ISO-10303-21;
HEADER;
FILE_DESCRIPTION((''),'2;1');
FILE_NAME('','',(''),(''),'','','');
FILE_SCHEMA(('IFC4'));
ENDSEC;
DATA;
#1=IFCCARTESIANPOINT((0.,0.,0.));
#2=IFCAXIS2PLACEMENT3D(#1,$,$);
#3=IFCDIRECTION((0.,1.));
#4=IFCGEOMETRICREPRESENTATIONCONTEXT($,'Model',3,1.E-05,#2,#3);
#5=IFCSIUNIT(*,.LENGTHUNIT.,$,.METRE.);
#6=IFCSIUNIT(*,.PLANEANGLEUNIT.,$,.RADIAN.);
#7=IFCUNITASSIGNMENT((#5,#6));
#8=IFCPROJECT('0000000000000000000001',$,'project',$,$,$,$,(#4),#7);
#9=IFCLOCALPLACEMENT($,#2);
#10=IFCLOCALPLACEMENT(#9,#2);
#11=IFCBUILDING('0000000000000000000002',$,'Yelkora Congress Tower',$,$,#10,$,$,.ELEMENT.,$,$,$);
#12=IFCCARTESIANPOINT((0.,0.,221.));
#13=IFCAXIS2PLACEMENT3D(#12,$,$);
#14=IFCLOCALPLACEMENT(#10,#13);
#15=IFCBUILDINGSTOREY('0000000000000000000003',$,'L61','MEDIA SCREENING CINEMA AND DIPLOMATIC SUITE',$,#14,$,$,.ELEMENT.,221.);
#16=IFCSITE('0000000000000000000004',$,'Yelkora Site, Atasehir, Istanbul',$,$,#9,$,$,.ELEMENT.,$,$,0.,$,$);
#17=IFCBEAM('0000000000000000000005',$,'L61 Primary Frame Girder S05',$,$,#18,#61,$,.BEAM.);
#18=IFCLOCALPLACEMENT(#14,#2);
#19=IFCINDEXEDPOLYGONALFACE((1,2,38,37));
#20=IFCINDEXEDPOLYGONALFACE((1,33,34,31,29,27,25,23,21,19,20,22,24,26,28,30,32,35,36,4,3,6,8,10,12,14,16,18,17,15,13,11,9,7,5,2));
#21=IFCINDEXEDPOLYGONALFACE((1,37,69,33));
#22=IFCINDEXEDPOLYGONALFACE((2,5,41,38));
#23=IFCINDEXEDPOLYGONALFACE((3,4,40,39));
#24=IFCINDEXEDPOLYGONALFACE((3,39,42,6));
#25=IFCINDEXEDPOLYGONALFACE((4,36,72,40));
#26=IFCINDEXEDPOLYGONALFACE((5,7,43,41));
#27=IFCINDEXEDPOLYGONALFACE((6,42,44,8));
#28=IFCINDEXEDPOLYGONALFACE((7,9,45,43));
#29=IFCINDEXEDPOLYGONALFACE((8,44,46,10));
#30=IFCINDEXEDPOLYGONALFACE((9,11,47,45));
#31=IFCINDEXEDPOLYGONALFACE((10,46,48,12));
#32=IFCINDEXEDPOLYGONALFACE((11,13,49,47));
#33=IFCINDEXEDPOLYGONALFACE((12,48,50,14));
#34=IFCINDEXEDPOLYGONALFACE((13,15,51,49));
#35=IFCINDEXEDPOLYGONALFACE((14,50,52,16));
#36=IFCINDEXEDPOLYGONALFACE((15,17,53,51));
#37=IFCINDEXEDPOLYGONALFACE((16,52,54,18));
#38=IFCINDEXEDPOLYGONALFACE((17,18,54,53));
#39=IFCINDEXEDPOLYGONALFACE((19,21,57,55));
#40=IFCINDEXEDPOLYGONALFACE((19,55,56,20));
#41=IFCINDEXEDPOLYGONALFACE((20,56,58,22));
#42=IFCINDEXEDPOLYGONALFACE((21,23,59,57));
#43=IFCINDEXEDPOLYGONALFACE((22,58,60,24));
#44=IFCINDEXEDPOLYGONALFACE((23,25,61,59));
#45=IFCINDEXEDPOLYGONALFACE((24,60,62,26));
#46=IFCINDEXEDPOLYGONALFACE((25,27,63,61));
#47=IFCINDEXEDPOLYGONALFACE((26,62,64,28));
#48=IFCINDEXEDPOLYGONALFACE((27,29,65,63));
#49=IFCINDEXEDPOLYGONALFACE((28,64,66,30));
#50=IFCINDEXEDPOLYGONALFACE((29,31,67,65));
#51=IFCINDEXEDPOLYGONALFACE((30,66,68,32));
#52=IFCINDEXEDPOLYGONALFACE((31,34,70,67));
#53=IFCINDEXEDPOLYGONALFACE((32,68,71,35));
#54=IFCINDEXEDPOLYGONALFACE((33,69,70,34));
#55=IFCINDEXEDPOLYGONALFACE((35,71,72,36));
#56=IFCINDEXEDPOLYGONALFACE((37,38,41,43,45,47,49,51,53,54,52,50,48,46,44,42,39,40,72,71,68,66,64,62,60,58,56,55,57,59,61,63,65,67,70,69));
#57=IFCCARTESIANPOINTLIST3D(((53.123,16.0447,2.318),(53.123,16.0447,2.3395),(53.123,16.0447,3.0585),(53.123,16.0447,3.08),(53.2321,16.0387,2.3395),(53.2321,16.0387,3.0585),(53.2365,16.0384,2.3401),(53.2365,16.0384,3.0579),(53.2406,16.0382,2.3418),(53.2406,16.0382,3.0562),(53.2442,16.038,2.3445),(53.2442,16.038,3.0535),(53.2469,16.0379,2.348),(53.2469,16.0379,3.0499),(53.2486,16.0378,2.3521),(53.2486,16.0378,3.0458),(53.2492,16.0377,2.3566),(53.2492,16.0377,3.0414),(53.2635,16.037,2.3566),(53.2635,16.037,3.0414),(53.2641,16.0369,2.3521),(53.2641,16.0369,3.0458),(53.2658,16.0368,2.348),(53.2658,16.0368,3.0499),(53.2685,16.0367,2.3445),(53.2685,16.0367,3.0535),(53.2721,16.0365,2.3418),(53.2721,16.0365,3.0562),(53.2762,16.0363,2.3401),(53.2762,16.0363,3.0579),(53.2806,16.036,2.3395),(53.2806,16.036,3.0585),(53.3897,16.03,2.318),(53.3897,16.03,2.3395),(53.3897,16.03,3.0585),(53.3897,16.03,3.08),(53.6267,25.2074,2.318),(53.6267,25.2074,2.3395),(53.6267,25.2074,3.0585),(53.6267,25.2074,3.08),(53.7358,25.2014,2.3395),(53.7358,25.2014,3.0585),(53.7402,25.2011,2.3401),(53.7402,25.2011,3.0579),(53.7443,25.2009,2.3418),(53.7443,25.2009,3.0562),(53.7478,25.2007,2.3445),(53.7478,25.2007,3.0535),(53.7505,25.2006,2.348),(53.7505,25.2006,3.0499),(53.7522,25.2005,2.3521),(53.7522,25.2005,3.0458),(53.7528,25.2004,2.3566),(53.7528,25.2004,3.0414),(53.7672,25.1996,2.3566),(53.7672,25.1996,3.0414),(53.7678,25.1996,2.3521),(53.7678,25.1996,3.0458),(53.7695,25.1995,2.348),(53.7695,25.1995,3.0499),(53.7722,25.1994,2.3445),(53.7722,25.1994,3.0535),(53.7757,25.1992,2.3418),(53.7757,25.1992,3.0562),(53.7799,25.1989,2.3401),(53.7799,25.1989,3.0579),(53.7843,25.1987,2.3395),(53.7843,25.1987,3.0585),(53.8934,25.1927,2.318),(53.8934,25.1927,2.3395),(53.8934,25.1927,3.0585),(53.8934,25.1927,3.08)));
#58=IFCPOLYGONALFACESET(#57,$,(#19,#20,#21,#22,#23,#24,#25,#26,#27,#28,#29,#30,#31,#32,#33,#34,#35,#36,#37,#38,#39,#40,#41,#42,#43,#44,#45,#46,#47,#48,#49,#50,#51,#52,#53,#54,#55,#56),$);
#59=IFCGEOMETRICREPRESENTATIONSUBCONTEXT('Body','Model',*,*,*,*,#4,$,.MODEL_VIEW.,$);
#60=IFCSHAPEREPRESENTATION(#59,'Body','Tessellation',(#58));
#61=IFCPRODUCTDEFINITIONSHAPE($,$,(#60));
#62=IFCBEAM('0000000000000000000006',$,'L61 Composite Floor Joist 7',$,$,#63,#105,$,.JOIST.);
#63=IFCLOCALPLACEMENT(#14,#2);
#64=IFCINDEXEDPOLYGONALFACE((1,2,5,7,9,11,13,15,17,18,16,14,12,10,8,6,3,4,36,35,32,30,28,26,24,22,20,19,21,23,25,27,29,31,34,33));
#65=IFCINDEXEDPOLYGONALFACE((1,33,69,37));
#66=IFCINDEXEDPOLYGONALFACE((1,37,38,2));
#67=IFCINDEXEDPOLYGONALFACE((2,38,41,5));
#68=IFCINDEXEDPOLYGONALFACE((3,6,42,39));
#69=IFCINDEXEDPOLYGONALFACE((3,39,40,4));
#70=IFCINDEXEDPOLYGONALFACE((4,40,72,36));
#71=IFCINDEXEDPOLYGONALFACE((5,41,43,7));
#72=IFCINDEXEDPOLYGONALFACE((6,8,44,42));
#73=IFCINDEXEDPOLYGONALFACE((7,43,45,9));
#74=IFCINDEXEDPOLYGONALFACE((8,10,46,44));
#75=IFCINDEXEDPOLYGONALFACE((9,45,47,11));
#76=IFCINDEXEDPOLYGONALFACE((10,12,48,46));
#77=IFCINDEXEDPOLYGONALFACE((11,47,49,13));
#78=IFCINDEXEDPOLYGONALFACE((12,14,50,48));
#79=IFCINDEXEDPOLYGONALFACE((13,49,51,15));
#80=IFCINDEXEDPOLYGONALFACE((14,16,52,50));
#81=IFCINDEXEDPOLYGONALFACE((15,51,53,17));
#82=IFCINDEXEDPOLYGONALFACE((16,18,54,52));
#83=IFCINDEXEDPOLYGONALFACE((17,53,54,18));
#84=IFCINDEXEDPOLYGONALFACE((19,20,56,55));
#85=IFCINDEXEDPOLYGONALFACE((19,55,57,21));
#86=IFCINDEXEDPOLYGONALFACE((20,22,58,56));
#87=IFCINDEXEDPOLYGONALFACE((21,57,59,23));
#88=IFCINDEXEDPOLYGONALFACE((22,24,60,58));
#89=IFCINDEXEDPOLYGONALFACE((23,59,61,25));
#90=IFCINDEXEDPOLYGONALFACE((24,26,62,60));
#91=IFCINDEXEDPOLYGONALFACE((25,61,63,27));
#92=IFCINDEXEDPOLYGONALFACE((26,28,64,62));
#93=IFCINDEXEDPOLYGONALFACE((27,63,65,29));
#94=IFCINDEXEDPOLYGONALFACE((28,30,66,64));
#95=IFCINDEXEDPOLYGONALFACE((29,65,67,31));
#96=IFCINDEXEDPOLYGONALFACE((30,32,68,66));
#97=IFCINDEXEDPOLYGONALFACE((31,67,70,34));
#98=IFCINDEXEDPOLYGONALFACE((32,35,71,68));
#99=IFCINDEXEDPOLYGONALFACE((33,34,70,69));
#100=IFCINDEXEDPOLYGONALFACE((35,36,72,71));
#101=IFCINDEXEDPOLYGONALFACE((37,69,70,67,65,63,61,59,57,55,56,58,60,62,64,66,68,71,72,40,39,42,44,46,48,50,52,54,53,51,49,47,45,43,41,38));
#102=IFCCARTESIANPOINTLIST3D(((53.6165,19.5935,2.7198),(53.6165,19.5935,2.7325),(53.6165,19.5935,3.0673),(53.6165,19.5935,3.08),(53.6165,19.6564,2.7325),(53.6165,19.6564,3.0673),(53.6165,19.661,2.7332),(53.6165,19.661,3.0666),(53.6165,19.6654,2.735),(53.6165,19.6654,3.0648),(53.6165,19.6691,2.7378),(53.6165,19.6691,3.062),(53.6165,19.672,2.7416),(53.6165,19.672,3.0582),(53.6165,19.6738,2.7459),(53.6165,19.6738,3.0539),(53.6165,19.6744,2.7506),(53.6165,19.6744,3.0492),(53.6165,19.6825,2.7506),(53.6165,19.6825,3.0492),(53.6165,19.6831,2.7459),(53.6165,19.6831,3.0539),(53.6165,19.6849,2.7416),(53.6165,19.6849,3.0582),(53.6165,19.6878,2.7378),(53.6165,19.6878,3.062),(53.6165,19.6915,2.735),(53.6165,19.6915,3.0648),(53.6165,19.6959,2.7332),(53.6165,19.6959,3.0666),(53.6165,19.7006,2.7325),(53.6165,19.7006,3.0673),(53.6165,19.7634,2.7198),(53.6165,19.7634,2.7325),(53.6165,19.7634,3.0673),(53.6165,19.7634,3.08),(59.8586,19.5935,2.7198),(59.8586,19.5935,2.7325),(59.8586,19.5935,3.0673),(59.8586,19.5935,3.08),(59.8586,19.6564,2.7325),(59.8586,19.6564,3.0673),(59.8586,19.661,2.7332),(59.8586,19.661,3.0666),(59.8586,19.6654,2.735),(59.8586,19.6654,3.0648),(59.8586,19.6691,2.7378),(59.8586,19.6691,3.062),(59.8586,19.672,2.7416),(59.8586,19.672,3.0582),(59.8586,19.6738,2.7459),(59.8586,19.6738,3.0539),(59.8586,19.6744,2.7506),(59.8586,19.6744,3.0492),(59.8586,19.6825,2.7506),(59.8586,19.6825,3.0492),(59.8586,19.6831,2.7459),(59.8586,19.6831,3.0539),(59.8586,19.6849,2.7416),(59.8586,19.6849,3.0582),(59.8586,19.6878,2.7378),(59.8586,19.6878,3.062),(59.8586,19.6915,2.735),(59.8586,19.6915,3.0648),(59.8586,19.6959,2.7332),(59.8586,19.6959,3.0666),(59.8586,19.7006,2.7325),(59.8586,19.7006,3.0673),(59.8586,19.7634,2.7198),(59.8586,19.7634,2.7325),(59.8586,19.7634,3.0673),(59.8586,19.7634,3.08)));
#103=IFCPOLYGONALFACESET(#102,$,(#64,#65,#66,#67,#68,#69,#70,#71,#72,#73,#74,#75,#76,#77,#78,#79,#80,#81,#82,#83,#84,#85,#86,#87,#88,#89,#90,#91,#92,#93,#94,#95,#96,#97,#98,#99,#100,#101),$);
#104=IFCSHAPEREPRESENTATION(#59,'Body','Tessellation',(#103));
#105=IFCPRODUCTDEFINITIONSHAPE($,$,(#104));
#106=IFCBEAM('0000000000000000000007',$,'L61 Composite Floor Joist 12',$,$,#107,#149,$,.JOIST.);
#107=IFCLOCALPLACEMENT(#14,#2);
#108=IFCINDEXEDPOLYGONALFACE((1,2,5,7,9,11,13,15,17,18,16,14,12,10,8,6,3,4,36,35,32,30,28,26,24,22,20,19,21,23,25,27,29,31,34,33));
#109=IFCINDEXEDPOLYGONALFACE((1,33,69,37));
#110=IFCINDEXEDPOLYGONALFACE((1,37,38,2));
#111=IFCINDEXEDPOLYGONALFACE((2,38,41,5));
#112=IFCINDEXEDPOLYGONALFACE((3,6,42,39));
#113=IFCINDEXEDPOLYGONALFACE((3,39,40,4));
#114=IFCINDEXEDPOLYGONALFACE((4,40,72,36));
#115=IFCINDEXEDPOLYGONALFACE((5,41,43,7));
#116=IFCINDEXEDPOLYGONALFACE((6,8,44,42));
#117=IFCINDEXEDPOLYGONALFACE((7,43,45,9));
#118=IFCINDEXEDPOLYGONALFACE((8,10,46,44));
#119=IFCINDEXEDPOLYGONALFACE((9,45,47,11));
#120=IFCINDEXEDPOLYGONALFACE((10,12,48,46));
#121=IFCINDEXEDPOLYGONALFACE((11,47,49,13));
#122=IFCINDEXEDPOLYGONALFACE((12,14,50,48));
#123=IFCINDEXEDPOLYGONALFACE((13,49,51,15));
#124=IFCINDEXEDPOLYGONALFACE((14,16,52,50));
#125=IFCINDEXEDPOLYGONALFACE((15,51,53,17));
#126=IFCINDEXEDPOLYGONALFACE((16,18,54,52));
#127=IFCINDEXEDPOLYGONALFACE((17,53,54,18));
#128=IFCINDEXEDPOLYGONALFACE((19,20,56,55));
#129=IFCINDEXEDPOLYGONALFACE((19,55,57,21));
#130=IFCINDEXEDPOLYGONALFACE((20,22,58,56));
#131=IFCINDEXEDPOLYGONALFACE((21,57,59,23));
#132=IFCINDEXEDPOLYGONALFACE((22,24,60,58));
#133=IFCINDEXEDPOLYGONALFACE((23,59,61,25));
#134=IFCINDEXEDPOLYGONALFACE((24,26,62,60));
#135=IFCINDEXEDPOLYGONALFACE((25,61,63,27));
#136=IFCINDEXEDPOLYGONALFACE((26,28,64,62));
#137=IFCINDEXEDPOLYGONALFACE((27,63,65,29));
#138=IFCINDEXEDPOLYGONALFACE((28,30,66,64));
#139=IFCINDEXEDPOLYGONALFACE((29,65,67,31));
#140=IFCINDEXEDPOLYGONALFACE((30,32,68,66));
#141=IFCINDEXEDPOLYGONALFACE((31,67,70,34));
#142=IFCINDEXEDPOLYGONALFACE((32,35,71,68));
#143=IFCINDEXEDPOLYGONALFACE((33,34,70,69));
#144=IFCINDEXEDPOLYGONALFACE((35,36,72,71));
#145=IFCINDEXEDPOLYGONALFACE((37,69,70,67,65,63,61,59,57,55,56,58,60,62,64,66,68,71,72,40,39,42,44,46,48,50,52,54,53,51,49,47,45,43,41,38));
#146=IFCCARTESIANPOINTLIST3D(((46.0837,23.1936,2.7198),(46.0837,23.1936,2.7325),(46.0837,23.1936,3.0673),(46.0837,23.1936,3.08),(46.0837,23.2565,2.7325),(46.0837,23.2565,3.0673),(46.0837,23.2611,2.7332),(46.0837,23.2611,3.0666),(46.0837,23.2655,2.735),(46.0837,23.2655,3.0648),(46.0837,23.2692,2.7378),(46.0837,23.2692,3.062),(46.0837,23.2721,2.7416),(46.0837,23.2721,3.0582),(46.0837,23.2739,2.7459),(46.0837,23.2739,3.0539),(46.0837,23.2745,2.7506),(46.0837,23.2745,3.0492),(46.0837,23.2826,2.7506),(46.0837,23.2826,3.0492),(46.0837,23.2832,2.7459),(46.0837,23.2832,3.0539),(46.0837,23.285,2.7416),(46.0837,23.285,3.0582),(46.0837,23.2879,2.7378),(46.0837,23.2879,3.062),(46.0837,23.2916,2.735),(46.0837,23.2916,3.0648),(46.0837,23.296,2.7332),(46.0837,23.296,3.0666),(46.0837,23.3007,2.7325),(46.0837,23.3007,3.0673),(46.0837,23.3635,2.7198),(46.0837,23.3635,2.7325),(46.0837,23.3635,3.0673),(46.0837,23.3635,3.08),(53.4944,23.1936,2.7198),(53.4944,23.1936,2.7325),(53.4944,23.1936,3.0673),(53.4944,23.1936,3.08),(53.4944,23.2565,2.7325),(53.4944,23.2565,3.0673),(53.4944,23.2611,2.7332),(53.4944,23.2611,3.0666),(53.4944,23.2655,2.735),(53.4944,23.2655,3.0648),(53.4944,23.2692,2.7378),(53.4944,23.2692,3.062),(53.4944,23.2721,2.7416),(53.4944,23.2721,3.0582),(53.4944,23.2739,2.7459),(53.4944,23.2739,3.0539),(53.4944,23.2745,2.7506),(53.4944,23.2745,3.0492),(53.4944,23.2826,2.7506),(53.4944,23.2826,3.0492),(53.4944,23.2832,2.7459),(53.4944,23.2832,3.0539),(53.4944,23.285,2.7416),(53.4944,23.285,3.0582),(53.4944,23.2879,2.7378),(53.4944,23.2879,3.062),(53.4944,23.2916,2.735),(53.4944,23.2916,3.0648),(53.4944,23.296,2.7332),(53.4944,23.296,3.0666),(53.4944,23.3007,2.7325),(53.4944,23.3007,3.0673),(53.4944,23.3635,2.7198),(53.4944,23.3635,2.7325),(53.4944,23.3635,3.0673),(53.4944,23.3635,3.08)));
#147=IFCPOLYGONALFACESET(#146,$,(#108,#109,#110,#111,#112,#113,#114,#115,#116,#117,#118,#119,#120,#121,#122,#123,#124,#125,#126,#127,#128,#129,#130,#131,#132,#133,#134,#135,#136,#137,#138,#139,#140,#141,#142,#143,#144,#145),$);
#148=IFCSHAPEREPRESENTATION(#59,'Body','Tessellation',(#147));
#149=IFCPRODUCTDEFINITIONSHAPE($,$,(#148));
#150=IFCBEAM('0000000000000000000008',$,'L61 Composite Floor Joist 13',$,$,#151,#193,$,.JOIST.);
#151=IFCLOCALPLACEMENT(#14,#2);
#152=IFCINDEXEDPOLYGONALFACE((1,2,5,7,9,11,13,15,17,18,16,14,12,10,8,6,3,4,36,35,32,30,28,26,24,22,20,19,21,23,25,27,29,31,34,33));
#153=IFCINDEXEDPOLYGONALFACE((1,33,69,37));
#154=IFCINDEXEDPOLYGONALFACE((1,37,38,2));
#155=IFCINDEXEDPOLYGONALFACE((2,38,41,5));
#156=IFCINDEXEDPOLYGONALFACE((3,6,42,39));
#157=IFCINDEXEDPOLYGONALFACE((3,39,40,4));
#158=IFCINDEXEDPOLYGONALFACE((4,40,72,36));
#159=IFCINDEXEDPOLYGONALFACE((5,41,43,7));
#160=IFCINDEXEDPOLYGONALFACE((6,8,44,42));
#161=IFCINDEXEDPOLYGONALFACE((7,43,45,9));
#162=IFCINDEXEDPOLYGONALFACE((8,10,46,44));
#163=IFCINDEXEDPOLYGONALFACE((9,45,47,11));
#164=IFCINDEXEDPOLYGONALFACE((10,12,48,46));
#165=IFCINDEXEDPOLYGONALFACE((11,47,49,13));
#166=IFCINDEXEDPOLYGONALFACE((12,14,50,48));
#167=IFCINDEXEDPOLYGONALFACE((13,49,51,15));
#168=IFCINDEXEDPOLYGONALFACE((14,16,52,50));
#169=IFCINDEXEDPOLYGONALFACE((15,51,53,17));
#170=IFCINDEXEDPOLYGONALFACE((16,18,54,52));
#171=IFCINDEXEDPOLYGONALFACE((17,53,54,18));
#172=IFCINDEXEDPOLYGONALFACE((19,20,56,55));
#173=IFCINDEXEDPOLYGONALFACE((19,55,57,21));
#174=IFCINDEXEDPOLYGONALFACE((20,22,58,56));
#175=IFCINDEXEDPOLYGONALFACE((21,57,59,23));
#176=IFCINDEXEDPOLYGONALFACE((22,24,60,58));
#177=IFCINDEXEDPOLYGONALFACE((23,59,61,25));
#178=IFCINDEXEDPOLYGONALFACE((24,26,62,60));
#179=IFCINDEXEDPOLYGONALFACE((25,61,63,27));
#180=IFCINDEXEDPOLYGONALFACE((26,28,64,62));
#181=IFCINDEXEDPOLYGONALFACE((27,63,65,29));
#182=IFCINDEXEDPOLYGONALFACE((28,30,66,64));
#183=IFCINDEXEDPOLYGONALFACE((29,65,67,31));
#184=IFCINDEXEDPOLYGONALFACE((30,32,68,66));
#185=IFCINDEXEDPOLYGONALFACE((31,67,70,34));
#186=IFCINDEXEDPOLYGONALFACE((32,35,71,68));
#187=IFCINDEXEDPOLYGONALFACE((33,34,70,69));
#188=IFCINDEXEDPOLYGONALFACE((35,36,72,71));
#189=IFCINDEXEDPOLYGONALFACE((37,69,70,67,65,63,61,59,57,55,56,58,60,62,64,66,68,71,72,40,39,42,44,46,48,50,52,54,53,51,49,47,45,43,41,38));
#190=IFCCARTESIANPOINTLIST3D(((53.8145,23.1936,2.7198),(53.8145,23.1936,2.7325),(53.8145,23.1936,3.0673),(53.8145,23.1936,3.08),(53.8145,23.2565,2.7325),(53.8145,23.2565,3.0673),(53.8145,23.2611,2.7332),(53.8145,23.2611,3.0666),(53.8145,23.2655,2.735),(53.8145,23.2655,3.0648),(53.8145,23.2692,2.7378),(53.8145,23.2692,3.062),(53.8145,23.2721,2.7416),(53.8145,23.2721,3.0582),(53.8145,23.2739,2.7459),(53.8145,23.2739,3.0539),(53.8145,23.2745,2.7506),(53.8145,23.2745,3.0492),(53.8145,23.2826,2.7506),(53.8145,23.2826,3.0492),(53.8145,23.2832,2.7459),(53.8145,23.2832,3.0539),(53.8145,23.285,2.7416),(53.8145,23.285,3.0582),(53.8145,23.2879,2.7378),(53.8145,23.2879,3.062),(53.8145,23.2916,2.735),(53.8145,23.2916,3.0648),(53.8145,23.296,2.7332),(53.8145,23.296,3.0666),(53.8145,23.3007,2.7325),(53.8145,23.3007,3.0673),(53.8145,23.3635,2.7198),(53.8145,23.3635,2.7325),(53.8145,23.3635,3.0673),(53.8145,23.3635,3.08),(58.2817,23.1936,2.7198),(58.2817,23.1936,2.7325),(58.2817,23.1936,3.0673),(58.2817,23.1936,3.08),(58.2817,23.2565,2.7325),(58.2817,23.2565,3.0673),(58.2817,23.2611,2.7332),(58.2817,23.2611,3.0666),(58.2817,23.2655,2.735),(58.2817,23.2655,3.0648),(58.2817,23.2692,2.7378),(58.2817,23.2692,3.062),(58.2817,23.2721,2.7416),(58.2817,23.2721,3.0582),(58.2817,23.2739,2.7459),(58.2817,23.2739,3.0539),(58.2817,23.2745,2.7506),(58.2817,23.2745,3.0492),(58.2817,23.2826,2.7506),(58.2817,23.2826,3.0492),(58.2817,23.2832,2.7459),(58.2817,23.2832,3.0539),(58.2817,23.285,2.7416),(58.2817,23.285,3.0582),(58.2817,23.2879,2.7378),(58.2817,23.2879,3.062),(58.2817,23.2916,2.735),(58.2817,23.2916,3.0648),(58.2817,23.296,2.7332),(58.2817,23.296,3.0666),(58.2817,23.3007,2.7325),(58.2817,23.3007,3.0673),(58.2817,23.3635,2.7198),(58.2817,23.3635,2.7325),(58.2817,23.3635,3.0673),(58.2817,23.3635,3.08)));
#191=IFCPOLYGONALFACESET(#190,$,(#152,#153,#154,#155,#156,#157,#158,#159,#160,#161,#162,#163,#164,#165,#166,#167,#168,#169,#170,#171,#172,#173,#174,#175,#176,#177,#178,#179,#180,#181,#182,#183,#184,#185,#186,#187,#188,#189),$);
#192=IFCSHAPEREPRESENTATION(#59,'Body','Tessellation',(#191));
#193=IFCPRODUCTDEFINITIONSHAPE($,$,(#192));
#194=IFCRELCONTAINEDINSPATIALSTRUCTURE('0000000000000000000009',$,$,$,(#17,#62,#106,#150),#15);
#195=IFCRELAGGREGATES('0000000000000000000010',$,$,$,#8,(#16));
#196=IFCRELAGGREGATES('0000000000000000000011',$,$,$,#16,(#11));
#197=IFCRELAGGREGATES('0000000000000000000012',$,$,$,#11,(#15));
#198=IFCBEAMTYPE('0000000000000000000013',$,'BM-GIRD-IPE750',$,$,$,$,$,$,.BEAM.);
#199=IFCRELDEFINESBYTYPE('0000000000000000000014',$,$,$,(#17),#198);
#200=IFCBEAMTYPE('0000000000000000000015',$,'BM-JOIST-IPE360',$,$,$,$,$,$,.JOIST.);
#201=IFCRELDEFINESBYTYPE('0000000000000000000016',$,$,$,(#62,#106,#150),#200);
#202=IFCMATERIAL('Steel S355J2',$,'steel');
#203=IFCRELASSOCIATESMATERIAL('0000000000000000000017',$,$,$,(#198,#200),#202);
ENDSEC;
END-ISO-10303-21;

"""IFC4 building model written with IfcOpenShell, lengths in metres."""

from ifc_helpers import new_model, si_unit, direction, frame, origin, origin_2d, place, context, subcontext, project, spatial, i_section, extrude, material, material_profile, profile_set, type_object, element, save


model = new_model("IFC4")

# Units and contexts
model_context = context("Model", 3, precision=1e-05, world=origin(), true_north=direction((0.0, 1.0)))
body_context = subcontext(model_context, "Body", "Model", "MODEL_VIEW")
ifc_project = project(units=[si_unit("LENGTHUNIT", "METRE"), si_unit("PLANEANGLEUNIT", "RADIAN")], contexts=[model_context])

# Site, building, storey
site_placement = place(None, origin())
site = spatial("IfcSite", under=ifc_project, at=site_placement, Name="Yelkora Site, Atasehir, Istanbul", CompositionType="ELEMENT", RefElevation=0.0)
building_placement = place(site_placement, origin())
building = spatial("IfcBuilding", under=site, at=building_placement, Name="Yelkora Congress Tower", CompositionType="ELEMENT")
storey_placement = place(building_placement, frame((0.0, 0.0, 221.0)))
storey = spatial("IfcBuildingStorey", under=building, at=storey_placement, Name="L61", Description="MEDIA SCREENING CINEMA AND DIPLOMATIC SUITE", CompositionType="ELEMENT", Elevation=221.0)

# Shared definitions
ifc_material_1 = material(Name="Steel S355J2", Category="steel")

# Beams
ifc_material_profile_1 = material_profile(ifc_material_1, i_section(OverallWidth=0.2671, OverallDepth=0.762, WebThickness=0.0144, FlangeThickness=0.0215, FilletRadius=0.0171, at=origin_2d()), Name="IPE 750x173")
ifc_profile_set_1 = profile_set([ifc_material_profile_1], Name="Steel S355J2")
beam_type_1 = type_object("IfcBeamType", Name="BM-GIRD-IPE750", PredefinedType="BEAM", material=ifc_profile_set_1)
beam_1_placement = place(storey_placement, frame((53.2563, 16.0374, 2.699), z_axis=(0.054886, 0.998493, 0.0), x_axis=(-0.998493, 0.054886, 0.0)))
element("IfcBeam", 1, at=beam_1_placement, inside=storey, type_object=beam_type_1, Name="L61 Primary Frame Girder S05", PredefinedType="BEAM", context=body_context, shape_type="SweptSolid", body=[
    extrude(i_section(OverallWidth=0.2671, OverallDepth=0.762, WebThickness=0.0144, FlangeThickness=0.0215, FilletRadius=0.0171, at=origin_2d()), origin(), (0.0, 0.0, 1.0), 9.1765),
])
ifc_material_profile_2 = material_profile(ifc_material_1, i_section(OverallWidth=0.1699, OverallDepth=0.3601, WebThickness=0.0081, FlangeThickness=0.0127, FilletRadius=0.0181, at=origin_2d()), Name="IPE 360")
ifc_profile_set_2 = profile_set([ifc_material_profile_2], Name="Steel S355J2")
beam_type_2 = type_object("IfcBeamType", Name="BM-JOIST-IPE360", PredefinedType="JOIST", material=ifc_profile_set_2)
beam_2_placement = place(storey_placement, frame((53.6165, 19.6785, 2.8999), z_axis=(1.0, 0.0, 0.0), x_axis=(0.0, 1.0, 0.0)))
element("IfcBeam", 2, at=beam_2_placement, inside=storey, type_object=beam_type_2, Name="L61 Composite Floor Joist 7", PredefinedType="JOIST", context=body_context, shape_type="SweptSolid", body=[
    extrude(i_section(OverallWidth=0.1699, OverallDepth=0.3601, WebThickness=0.0081, FlangeThickness=0.0127, FilletRadius=0.0181, at=origin_2d()), origin(), (0.0, 0.0, 1.0), 6.2422),
])
beam_3_placement = place(storey_placement, frame((46.0837, 23.2786, 2.8999), z_axis=(1.0, 0.0, 0.0), x_axis=(0.0, 1.0, 0.0)))
element("IfcBeam", 3, at=beam_3_placement, inside=storey, type_object=beam_type_2, Name="L61 Composite Floor Joist 12", PredefinedType="JOIST", context=body_context, shape_type="SweptSolid", body=[
    extrude(i_section(OverallWidth=0.1699, OverallDepth=0.3601, WebThickness=0.0081, FlangeThickness=0.0127, FilletRadius=0.0181, at=origin_2d()), origin(), (0.0, 0.0, 1.0), 7.4106),
])
beam_4_placement = place(storey_placement, frame((53.8145, 23.2786, 2.8999), z_axis=(1.0, 0.0, 0.0), x_axis=(0.0, 1.0, 0.0)))
element("IfcBeam", 4, at=beam_4_placement, inside=storey, type_object=beam_type_2, Name="L61 Composite Floor Joist 13", PredefinedType="JOIST", context=body_context, shape_type="SweptSolid", body=[
    extrude(i_section(OverallWidth=0.1699, OverallDepth=0.3601, WebThickness=0.0081, FlangeThickness=0.0127, FilletRadius=0.0181, at=origin_2d()), origin(), (0.0, 0.0, 1.0), 4.4673),
])

save(model, "model.ifc")
